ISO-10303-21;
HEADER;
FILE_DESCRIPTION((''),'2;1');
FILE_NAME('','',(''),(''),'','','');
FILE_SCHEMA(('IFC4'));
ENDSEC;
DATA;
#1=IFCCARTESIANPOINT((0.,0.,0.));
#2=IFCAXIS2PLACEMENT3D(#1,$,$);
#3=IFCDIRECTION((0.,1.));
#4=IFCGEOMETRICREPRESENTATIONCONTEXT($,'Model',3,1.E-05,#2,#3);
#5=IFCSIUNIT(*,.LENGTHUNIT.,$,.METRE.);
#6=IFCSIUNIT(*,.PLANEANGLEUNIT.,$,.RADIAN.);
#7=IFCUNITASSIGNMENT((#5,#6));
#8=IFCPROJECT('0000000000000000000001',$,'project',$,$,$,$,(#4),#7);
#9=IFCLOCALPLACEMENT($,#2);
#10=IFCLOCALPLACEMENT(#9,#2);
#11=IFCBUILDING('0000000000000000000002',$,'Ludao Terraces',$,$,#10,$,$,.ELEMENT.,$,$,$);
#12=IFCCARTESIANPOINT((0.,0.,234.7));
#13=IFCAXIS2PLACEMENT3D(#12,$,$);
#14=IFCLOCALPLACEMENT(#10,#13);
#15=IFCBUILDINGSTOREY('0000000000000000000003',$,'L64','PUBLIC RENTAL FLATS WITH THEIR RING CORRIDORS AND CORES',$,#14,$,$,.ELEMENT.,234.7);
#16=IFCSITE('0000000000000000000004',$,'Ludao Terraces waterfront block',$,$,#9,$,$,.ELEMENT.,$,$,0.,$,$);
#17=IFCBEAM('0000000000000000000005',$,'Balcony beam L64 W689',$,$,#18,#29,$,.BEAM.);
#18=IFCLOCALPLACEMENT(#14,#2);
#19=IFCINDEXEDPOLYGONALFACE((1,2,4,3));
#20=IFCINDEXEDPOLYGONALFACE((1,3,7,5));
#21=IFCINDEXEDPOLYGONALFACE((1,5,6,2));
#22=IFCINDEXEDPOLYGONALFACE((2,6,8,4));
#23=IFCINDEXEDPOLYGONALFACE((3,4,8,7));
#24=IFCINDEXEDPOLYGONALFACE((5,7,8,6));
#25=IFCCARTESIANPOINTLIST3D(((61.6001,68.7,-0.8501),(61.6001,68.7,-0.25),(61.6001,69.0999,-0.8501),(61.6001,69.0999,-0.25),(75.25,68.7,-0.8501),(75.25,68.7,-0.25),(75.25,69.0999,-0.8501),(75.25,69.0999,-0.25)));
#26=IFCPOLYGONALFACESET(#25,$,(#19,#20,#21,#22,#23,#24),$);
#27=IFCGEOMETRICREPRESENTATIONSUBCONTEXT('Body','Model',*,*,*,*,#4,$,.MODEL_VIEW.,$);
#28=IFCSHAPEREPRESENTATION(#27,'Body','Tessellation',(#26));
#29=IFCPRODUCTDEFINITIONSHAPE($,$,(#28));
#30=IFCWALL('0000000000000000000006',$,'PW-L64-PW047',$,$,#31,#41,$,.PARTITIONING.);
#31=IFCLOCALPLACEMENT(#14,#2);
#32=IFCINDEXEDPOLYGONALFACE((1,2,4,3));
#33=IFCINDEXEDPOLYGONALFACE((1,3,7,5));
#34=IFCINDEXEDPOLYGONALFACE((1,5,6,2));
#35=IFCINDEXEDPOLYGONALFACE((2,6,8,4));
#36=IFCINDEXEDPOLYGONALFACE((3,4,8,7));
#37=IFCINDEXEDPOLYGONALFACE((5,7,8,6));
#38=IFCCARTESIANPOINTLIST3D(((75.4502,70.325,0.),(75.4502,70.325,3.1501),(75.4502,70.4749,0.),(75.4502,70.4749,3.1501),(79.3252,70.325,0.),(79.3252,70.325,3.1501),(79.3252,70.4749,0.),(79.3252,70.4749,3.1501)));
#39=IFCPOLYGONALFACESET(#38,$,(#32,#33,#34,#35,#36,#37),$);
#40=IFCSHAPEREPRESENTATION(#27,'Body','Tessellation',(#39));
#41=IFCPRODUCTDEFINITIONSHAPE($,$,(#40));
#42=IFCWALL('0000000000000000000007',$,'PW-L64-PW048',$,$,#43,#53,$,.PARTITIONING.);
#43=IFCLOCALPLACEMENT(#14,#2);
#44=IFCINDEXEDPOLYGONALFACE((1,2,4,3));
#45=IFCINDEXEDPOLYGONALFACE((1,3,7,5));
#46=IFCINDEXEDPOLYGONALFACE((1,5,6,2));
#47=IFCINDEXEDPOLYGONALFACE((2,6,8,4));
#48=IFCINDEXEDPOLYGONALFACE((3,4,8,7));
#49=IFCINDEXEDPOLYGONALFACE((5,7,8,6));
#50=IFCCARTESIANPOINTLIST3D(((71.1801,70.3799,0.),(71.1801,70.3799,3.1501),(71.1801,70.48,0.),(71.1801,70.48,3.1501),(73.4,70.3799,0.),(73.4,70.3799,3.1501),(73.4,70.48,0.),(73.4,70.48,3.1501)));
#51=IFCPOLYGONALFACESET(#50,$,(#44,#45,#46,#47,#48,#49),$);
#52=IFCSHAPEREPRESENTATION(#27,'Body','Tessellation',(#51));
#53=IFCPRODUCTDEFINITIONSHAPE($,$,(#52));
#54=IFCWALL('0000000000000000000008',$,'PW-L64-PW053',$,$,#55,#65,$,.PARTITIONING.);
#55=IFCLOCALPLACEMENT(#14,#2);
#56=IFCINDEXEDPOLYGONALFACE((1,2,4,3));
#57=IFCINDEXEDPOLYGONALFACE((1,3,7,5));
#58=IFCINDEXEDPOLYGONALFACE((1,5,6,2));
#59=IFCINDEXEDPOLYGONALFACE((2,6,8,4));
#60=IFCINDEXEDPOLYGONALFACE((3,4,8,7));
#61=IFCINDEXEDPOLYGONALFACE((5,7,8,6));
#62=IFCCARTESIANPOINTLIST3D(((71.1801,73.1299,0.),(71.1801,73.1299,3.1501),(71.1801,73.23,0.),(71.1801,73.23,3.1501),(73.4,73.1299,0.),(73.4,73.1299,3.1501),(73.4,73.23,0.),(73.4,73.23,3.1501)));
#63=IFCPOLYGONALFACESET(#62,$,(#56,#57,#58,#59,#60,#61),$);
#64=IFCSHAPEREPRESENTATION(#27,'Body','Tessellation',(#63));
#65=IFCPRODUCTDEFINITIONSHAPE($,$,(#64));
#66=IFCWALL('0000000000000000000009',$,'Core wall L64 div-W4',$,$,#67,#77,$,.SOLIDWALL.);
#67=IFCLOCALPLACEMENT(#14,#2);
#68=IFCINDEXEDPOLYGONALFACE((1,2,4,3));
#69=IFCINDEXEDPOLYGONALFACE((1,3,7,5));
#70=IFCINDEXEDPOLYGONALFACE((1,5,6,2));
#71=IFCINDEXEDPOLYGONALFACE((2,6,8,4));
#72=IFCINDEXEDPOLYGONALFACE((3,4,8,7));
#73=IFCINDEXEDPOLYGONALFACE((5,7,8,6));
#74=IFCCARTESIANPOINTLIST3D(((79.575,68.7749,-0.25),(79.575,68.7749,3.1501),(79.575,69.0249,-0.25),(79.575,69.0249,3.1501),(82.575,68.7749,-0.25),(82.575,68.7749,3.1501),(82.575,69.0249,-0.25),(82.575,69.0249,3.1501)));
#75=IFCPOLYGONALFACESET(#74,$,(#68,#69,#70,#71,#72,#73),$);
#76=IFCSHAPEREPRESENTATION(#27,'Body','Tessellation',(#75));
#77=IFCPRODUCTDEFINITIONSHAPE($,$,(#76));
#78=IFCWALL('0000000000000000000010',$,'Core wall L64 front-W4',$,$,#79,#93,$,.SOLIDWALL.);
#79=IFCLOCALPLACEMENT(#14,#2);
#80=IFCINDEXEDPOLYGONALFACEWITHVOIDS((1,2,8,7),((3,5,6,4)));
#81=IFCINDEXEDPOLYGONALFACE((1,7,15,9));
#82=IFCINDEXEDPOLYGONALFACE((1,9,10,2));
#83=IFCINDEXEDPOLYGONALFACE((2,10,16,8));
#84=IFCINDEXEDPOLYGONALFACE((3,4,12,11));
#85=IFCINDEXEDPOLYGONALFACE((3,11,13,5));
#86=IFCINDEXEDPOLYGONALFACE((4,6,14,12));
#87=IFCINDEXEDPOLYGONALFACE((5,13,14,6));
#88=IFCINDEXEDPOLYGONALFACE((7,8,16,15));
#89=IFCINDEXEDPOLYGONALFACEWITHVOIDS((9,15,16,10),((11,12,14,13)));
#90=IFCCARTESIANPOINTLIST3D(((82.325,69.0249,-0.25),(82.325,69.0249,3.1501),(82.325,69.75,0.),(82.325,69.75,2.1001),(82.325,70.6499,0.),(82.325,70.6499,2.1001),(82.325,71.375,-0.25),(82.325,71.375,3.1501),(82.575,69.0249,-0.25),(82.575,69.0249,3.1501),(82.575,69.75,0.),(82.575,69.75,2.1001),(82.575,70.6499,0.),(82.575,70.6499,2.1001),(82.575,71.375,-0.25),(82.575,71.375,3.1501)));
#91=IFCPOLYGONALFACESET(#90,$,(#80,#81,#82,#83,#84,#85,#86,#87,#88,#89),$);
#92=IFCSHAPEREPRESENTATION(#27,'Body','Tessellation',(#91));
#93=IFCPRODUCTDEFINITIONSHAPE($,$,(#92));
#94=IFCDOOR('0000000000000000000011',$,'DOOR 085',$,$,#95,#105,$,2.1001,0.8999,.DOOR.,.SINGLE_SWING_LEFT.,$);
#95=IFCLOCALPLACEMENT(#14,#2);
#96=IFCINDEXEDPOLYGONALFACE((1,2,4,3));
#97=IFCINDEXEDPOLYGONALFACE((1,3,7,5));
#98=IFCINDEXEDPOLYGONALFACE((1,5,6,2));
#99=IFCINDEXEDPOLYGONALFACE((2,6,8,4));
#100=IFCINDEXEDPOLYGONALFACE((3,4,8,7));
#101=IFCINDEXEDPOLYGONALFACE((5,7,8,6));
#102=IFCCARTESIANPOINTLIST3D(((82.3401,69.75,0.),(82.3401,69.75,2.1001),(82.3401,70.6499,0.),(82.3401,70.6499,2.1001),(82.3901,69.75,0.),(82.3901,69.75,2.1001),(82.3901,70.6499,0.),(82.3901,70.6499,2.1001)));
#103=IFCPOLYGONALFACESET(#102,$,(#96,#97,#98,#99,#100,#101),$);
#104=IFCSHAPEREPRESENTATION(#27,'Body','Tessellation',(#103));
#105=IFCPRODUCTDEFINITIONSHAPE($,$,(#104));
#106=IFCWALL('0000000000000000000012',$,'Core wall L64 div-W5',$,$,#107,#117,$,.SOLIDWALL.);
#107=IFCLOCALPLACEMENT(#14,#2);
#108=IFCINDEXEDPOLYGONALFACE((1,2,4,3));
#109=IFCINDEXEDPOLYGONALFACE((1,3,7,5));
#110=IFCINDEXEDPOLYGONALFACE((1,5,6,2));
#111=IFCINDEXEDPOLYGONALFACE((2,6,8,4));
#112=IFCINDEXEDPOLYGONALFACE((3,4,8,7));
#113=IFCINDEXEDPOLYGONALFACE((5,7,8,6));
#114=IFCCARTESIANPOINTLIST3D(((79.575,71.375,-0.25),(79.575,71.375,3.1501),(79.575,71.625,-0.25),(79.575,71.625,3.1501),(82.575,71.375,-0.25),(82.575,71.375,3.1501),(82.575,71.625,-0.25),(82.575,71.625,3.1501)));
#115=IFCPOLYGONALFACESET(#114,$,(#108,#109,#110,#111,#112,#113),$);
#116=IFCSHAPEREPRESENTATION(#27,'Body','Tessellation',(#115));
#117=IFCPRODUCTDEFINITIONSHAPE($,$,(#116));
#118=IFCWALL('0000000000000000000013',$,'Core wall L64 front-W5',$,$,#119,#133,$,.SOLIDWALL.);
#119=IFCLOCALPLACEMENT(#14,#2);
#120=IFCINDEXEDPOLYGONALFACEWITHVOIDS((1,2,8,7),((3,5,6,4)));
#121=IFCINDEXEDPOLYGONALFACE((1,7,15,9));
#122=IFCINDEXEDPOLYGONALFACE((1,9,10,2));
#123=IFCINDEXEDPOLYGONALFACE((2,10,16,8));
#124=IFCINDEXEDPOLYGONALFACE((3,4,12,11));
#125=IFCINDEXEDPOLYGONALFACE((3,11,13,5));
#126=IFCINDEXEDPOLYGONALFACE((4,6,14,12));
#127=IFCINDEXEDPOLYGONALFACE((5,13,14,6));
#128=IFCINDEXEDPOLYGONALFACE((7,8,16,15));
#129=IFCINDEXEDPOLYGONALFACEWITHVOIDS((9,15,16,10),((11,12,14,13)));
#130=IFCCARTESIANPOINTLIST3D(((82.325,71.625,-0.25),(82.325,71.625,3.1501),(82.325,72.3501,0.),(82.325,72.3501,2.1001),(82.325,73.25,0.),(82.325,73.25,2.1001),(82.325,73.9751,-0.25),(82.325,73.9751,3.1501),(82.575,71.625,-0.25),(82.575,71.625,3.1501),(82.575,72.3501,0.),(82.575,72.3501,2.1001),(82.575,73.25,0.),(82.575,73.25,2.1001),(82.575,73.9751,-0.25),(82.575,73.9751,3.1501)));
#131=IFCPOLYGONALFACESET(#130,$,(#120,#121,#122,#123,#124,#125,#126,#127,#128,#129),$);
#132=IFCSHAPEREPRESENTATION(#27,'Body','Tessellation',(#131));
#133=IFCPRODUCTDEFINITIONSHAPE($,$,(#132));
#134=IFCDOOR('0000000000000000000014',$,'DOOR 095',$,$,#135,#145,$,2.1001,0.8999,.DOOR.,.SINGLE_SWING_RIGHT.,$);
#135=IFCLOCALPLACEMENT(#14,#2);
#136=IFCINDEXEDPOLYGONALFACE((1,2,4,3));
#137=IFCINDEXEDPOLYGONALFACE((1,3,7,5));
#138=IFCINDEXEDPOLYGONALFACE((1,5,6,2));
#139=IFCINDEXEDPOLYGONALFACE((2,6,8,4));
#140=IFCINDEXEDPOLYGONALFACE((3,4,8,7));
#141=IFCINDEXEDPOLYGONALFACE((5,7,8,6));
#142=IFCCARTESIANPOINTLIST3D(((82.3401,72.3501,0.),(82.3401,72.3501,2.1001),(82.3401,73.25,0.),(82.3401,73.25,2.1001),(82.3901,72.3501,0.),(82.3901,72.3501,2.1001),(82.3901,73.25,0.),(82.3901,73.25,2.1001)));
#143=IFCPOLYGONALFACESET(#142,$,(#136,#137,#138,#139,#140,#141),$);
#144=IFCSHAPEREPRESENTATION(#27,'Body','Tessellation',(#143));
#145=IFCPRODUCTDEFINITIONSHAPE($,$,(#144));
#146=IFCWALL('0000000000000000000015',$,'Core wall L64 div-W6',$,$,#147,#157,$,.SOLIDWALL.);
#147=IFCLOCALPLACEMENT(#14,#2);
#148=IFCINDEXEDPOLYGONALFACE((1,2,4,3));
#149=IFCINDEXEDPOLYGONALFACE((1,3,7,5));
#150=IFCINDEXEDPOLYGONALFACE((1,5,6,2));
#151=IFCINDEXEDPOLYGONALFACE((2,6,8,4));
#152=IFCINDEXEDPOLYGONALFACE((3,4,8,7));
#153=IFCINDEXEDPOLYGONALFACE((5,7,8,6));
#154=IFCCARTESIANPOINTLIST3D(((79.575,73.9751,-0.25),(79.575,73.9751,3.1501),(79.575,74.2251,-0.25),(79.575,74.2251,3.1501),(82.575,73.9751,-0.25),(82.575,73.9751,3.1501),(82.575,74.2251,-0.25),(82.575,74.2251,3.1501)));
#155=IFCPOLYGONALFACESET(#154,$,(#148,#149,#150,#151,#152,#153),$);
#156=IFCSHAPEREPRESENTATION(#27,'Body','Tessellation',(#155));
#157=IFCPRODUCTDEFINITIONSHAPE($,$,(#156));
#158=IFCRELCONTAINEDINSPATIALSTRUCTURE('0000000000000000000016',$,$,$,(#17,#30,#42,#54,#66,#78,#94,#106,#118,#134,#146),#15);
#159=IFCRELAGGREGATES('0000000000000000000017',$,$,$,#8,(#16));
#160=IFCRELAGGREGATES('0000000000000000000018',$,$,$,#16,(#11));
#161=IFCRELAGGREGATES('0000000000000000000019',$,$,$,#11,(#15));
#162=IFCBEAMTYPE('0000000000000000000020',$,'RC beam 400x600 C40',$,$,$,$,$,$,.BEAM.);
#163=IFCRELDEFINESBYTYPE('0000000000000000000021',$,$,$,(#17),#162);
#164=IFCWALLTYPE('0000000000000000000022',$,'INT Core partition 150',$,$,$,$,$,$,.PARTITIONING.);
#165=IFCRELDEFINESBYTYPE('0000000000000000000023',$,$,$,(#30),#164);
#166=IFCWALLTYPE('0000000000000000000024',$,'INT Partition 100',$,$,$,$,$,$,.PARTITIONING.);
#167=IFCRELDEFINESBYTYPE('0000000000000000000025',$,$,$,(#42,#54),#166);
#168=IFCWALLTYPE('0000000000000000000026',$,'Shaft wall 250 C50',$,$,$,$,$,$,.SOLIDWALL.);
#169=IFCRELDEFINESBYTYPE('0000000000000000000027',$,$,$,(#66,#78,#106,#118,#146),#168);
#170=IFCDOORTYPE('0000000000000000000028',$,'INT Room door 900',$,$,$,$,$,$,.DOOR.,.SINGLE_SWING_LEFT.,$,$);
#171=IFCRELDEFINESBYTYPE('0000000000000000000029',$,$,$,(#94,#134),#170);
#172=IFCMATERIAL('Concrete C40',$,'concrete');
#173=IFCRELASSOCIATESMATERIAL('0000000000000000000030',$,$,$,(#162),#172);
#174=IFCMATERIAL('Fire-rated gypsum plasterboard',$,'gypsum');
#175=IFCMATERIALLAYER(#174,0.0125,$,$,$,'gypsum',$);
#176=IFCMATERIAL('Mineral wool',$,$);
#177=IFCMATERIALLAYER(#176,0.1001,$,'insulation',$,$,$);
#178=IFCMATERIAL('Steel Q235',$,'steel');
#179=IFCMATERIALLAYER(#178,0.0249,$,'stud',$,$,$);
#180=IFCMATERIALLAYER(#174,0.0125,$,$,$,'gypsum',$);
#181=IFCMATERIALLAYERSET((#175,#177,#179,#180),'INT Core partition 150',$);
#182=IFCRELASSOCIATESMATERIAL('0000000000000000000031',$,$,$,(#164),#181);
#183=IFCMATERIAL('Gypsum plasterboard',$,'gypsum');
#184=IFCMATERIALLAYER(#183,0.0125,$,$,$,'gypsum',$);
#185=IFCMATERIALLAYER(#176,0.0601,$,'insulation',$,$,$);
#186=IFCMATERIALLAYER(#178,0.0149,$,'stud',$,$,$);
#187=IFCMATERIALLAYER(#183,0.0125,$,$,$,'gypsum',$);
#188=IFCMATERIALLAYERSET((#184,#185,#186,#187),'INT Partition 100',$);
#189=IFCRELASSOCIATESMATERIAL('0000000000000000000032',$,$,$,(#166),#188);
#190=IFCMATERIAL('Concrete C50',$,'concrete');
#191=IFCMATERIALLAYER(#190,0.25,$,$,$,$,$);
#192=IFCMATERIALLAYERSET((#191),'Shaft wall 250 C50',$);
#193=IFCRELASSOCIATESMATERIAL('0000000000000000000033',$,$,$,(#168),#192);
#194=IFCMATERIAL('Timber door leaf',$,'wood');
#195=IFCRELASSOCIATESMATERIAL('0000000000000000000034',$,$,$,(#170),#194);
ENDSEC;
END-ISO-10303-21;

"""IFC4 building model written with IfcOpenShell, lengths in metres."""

from ifc_helpers import new_model, si_unit, direction, frame, frame_2d, origin, origin_2d, place, context, subcontext, project, spatial, rectangle, extrude, material, layer, layer_set, material_profile, profile_set, type_object, element, fill, save


model = new_model("IFC4")

# Units and contexts
model_context = context("Model", 3, precision=1e-05, world=origin(), true_north=direction((0.0, 1.0)))
body_context = subcontext(model_context, "Body", "Model", "MODEL_VIEW")
ifc_project = project(units=[si_unit("LENGTHUNIT", "METRE"), si_unit("PLANEANGLEUNIT", "RADIAN")], contexts=[model_context])

# Site, building, storey
site_placement = place(None, origin())
site = spatial("IfcSite", under=ifc_project, at=site_placement, Name="Ludao Terraces waterfront block", CompositionType="ELEMENT", RefElevation=0.0)
building_placement = place(site_placement, origin())
building = spatial("IfcBuilding", under=site, at=building_placement, Name="Ludao Terraces", CompositionType="ELEMENT")
storey_placement = place(building_placement, frame((0.0, 0.0, 234.7)))
storey = spatial("IfcBuildingStorey", under=building, at=storey_placement, Name="L64", Description="PUBLIC RENTAL FLATS WITH THEIR RING CORRIDORS AND CORES", CompositionType="ELEMENT", Elevation=234.7)

# Beam
ifc_material_1 = material(Name="Concrete C40", Category="concrete")
ifc_material_profile = material_profile(ifc_material_1, rectangle(XDim=0.3999, YDim=0.6001, at=origin_2d()), Name="400 X 600")
ifc_profile_set = profile_set([ifc_material_profile], Name="Concrete C40")
beam_type = type_object("IfcBeamType", Name="RC beam 400x600 C40", PredefinedType="BEAM", material=ifc_profile_set)
beam_placement = place(storey_placement, frame((75.25, 68.8999, -0.55), z_axis=(-1.0, 0.0, 0.0), x_axis=(0.0, -1.0, 0.0)))
element("IfcBeam", 1, at=beam_placement, inside=storey, type_object=beam_type, Name="Balcony beam L64 W689", PredefinedType="BEAM", context=body_context, shape_type="SweptSolid", body=[
    extrude(rectangle(XDim=0.3999, YDim=0.6001, at=origin_2d()), origin(), (0.0, 0.0, 1.0), 13.6499),
])

# Walls
ifc_material_2 = material(Name="Fire-rated gypsum plasterboard", Category="gypsum")
ifc_layer_1 = layer(ifc_material_2, 0.0125, Category="gypsum")
ifc_material_3 = material(Name="Mineral wool")
ifc_layer_2 = layer(ifc_material_3, 0.1001, Name="insulation")
ifc_material_4 = material(Name="Steel Q235", Category="steel")
ifc_layer_3 = layer(ifc_material_4, 0.0249, Name="stud")
ifc_layer_4 = layer(ifc_material_2, 0.0125, Category="gypsum")
ifc_layer_set_1 = layer_set([ifc_layer_1, ifc_layer_2, ifc_layer_3, ifc_layer_4], Name="INT Core partition 150")
wall_type_1 = type_object("IfcWallType", Name="INT Core partition 150", PredefinedType="PARTITIONING", material=ifc_layer_set_1)
wall_1_placement = place(storey_placement, frame((75.4502, 70.3999, 0.0), z_axis=(0.0, 0.0, 1.0), x_axis=(1.0, 0.0, 0.0)))
element("IfcWall", 2, at=wall_1_placement, inside=storey, type_object=wall_type_1, Name="PW-L64-PW047", PredefinedType="PARTITIONING", context=body_context, shape_type="SweptSolid", body=[
    extrude(rectangle(XDim=3.875, YDim=0.1499, at=frame_2d((1.9375, 0.0))), origin(), (0.0, 0.0, 1.0), 3.1501),
])
ifc_material_5 = material(Name="Gypsum plasterboard", Category="gypsum")
ifc_layer_5 = layer(ifc_material_5, 0.0125, Category="gypsum")
ifc_layer_6 = layer(ifc_material_3, 0.0601, Name="insulation")
ifc_layer_7 = layer(ifc_material_4, 0.0149, Name="stud")
ifc_layer_8 = layer(ifc_material_5, 0.0125, Category="gypsum")
ifc_layer_set_2 = layer_set([ifc_layer_5, ifc_layer_6, ifc_layer_7, ifc_layer_8], Name="INT Partition 100")
wall_type_2 = type_object("IfcWallType", Name="INT Partition 100", PredefinedType="PARTITIONING", material=ifc_layer_set_2)
for number, where, z_axis, x_axis, name in (
    (3, (71.1802, 70.4299, 0.0), (0.0, 0.0, 1.0), (1.0, 0.0, 0.0), "PW-L64-PW048"),
    (4, (71.1802, 73.1799, 0.0), (0.0, 0.0, 1.0), (1.0, 0.0, 0.0), "PW-L64-PW053"),
):
    element("IfcWall", number, at=place(storey_placement, frame(where, z_axis=z_axis, x_axis=x_axis)), inside=storey, type_object=wall_type_2, Name=name, PredefinedType="PARTITIONING", context=body_context, shape_type="SweptSolid", body=[
        extrude(rectangle(XDim=2.22, YDim=0.1001, at=frame_2d((1.1099, 0.0))), origin(), (0.0, 0.0, 1.0), 3.1501),
    ])
ifc_material_6 = material(Name="Concrete C50", Category="concrete")
ifc_layer_9 = layer(ifc_material_6, 0.25)
ifc_layer_set_3 = layer_set([ifc_layer_9], Name="Shaft wall 250 C50")
wall_type_3 = type_object("IfcWallType", Name="Shaft wall 250 C50", PredefinedType="SOLIDWALL", material=ifc_layer_set_3)
wall_2_placement = place(storey_placement, frame((79.575, 68.8999, -0.25), z_axis=(0.0, 0.0, 1.0), x_axis=(1.0, 0.0, 0.0)))
element("IfcWall", 5, at=wall_2_placement, inside=storey, type_object=wall_type_3, Name="Core wall L64 div-W4", PredefinedType="SOLIDWALL", context=body_context, shape_type="SweptSolid", body=[
    extrude(rectangle(XDim=3.0, YDim=0.25, at=frame_2d((1.5, 0.0))), origin(), (0.0, 0.0, 1.0), 3.4001),
])

# Wall, opening, door
wall_3_placement = place(storey_placement, frame((82.45, 69.0249, -0.25), z_axis=(0.0, 0.0, 1.0), x_axis=(0.0, 1.0, 0.0)))
wall_3 = element("IfcWall", 6, at=wall_3_placement, inside=storey, type_object=wall_type_3, Name="Core wall L64 front-W4", PredefinedType="SOLIDWALL", context=body_context, shape_type="SweptSolid", body=[
    extrude(rectangle(XDim=2.3501, YDim=0.25, at=frame_2d((1.175, 0.0))), origin(), (0.0, 0.0, 1.0), 3.4001),
])
opening_1_placement = place(wall_3_placement, frame((0.7251, 0.0, 0.25)))
opening_1 = element("IfcOpeningElement", 7, at=opening_1_placement, cuts=wall_3, PredefinedType="OPENING", context=body_context, shape_type="SweptSolid", body=[
    extrude(rectangle(XDim=0.8999, YDim=2.1001, at=frame_2d((0.45, 1.05))), frame((0.0, 0.135, 0.0), z_axis=(0.0, -1.0, 0.0), x_axis=(1.0, 0.0, 0.0)), (0.0, 0.0, 1.0), 0.27),
])
ifc_material_7 = material(Name="Timber door leaf", Category="wood")
door_type = type_object("IfcDoorType", Name="INT Room door 900", OperationType="SINGLE_SWING_LEFT", PredefinedType="DOOR", material=ifc_material_7)
door_1_placement = place(opening_1_placement, origin())
door_1 = element("IfcDoor", 8, at=door_1_placement, inside=storey, type_object=door_type, Name="DOOR 085", OperationType="SINGLE_SWING_LEFT", OverallHeight=2.1001, OverallWidth=0.8999, PredefinedType="DOOR", context=body_context, shape_type="SweptSolid", body=[
    extrude(rectangle(XDim=0.8999, YDim=2.1001, at=frame_2d((0.45, 1.05))), frame((0.0, 0.1099, 0.0), z_axis=(0.0, -1.0, 0.0), x_axis=(1.0, 0.0, 0.0)), (0.0, 0.0, 1.0), 0.05),
])
fill(opening_1, door_1)

# Wall
wall_4_placement = place(storey_placement, frame((79.575, 71.5, -0.25), z_axis=(0.0, 0.0, 1.0), x_axis=(1.0, 0.0, 0.0)))
element("IfcWall", 9, at=wall_4_placement, inside=storey, type_object=wall_type_3, Name="Core wall L64 div-W5", PredefinedType="SOLIDWALL", context=body_context, shape_type="SweptSolid", body=[
    extrude(rectangle(XDim=3.0, YDim=0.25, at=frame_2d((1.5, 0.0))), origin(), (0.0, 0.0, 1.0), 3.4001),
])

# Wall, opening, door
wall_5_placement = place(storey_placement, frame((82.45, 71.625, -0.25), z_axis=(0.0, 0.0, 1.0), x_axis=(0.0, 1.0, 0.0)))
wall_5 = element("IfcWall", 10, at=wall_5_placement, inside=storey, type_object=wall_type_3, Name="Core wall L64 front-W5", PredefinedType="SOLIDWALL", context=body_context, shape_type="SweptSolid", body=[
    extrude(rectangle(XDim=2.3501, YDim=0.25, at=frame_2d((1.175, 0.0))), origin(), (0.0, 0.0, 1.0), 3.4001),
])
opening_2_placement = place(wall_5_placement, frame((0.7251, 0.0, 0.25)))
opening_2 = element("IfcOpeningElement", 11, at=opening_2_placement, cuts=wall_5, PredefinedType="OPENING", context=body_context, shape_type="SweptSolid", body=[
    extrude(rectangle(XDim=0.8999, YDim=2.1001, at=frame_2d((0.45, 1.05))), frame((0.0, 0.135, 0.0), z_axis=(0.0, -1.0, 0.0), x_axis=(1.0, 0.0, 0.0)), (0.0, 0.0, 1.0), 0.27),
])
door_2_placement = place(opening_2_placement, origin())
door_2 = element("IfcDoor", 12, at=door_2_placement, inside=storey, type_object=door_type, Name="DOOR 095", OperationType="SINGLE_SWING_RIGHT", OverallHeight=2.1001, OverallWidth=0.8999, PredefinedType="DOOR", context=body_context, shape_type="SweptSolid", body=[
    extrude(rectangle(XDim=0.8999, YDim=2.1001, at=frame_2d((0.45, 1.05))), frame((0.0, 0.1099, 0.0), z_axis=(0.0, -1.0, 0.0), x_axis=(1.0, 0.0, 0.0)), (0.0, 0.0, 1.0), 0.05),
])
fill(opening_2, door_2)

# Wall
wall_6_placement = place(storey_placement, frame((79.575, 74.1001, -0.25), z_axis=(0.0, 0.0, 1.0), x_axis=(1.0, 0.0, 0.0)))
element("IfcWall", 13, at=wall_6_placement, inside=storey, type_object=wall_type_3, Name="Core wall L64 div-W6", PredefinedType="SOLIDWALL", context=body_context, shape_type="SweptSolid", body=[
    extrude(rectangle(XDim=3.0, YDim=0.25, at=frame_2d((1.5, 0.0))), origin(), (0.0, 0.0, 1.0), 3.4001),
])

save(model, "model.ifc")
